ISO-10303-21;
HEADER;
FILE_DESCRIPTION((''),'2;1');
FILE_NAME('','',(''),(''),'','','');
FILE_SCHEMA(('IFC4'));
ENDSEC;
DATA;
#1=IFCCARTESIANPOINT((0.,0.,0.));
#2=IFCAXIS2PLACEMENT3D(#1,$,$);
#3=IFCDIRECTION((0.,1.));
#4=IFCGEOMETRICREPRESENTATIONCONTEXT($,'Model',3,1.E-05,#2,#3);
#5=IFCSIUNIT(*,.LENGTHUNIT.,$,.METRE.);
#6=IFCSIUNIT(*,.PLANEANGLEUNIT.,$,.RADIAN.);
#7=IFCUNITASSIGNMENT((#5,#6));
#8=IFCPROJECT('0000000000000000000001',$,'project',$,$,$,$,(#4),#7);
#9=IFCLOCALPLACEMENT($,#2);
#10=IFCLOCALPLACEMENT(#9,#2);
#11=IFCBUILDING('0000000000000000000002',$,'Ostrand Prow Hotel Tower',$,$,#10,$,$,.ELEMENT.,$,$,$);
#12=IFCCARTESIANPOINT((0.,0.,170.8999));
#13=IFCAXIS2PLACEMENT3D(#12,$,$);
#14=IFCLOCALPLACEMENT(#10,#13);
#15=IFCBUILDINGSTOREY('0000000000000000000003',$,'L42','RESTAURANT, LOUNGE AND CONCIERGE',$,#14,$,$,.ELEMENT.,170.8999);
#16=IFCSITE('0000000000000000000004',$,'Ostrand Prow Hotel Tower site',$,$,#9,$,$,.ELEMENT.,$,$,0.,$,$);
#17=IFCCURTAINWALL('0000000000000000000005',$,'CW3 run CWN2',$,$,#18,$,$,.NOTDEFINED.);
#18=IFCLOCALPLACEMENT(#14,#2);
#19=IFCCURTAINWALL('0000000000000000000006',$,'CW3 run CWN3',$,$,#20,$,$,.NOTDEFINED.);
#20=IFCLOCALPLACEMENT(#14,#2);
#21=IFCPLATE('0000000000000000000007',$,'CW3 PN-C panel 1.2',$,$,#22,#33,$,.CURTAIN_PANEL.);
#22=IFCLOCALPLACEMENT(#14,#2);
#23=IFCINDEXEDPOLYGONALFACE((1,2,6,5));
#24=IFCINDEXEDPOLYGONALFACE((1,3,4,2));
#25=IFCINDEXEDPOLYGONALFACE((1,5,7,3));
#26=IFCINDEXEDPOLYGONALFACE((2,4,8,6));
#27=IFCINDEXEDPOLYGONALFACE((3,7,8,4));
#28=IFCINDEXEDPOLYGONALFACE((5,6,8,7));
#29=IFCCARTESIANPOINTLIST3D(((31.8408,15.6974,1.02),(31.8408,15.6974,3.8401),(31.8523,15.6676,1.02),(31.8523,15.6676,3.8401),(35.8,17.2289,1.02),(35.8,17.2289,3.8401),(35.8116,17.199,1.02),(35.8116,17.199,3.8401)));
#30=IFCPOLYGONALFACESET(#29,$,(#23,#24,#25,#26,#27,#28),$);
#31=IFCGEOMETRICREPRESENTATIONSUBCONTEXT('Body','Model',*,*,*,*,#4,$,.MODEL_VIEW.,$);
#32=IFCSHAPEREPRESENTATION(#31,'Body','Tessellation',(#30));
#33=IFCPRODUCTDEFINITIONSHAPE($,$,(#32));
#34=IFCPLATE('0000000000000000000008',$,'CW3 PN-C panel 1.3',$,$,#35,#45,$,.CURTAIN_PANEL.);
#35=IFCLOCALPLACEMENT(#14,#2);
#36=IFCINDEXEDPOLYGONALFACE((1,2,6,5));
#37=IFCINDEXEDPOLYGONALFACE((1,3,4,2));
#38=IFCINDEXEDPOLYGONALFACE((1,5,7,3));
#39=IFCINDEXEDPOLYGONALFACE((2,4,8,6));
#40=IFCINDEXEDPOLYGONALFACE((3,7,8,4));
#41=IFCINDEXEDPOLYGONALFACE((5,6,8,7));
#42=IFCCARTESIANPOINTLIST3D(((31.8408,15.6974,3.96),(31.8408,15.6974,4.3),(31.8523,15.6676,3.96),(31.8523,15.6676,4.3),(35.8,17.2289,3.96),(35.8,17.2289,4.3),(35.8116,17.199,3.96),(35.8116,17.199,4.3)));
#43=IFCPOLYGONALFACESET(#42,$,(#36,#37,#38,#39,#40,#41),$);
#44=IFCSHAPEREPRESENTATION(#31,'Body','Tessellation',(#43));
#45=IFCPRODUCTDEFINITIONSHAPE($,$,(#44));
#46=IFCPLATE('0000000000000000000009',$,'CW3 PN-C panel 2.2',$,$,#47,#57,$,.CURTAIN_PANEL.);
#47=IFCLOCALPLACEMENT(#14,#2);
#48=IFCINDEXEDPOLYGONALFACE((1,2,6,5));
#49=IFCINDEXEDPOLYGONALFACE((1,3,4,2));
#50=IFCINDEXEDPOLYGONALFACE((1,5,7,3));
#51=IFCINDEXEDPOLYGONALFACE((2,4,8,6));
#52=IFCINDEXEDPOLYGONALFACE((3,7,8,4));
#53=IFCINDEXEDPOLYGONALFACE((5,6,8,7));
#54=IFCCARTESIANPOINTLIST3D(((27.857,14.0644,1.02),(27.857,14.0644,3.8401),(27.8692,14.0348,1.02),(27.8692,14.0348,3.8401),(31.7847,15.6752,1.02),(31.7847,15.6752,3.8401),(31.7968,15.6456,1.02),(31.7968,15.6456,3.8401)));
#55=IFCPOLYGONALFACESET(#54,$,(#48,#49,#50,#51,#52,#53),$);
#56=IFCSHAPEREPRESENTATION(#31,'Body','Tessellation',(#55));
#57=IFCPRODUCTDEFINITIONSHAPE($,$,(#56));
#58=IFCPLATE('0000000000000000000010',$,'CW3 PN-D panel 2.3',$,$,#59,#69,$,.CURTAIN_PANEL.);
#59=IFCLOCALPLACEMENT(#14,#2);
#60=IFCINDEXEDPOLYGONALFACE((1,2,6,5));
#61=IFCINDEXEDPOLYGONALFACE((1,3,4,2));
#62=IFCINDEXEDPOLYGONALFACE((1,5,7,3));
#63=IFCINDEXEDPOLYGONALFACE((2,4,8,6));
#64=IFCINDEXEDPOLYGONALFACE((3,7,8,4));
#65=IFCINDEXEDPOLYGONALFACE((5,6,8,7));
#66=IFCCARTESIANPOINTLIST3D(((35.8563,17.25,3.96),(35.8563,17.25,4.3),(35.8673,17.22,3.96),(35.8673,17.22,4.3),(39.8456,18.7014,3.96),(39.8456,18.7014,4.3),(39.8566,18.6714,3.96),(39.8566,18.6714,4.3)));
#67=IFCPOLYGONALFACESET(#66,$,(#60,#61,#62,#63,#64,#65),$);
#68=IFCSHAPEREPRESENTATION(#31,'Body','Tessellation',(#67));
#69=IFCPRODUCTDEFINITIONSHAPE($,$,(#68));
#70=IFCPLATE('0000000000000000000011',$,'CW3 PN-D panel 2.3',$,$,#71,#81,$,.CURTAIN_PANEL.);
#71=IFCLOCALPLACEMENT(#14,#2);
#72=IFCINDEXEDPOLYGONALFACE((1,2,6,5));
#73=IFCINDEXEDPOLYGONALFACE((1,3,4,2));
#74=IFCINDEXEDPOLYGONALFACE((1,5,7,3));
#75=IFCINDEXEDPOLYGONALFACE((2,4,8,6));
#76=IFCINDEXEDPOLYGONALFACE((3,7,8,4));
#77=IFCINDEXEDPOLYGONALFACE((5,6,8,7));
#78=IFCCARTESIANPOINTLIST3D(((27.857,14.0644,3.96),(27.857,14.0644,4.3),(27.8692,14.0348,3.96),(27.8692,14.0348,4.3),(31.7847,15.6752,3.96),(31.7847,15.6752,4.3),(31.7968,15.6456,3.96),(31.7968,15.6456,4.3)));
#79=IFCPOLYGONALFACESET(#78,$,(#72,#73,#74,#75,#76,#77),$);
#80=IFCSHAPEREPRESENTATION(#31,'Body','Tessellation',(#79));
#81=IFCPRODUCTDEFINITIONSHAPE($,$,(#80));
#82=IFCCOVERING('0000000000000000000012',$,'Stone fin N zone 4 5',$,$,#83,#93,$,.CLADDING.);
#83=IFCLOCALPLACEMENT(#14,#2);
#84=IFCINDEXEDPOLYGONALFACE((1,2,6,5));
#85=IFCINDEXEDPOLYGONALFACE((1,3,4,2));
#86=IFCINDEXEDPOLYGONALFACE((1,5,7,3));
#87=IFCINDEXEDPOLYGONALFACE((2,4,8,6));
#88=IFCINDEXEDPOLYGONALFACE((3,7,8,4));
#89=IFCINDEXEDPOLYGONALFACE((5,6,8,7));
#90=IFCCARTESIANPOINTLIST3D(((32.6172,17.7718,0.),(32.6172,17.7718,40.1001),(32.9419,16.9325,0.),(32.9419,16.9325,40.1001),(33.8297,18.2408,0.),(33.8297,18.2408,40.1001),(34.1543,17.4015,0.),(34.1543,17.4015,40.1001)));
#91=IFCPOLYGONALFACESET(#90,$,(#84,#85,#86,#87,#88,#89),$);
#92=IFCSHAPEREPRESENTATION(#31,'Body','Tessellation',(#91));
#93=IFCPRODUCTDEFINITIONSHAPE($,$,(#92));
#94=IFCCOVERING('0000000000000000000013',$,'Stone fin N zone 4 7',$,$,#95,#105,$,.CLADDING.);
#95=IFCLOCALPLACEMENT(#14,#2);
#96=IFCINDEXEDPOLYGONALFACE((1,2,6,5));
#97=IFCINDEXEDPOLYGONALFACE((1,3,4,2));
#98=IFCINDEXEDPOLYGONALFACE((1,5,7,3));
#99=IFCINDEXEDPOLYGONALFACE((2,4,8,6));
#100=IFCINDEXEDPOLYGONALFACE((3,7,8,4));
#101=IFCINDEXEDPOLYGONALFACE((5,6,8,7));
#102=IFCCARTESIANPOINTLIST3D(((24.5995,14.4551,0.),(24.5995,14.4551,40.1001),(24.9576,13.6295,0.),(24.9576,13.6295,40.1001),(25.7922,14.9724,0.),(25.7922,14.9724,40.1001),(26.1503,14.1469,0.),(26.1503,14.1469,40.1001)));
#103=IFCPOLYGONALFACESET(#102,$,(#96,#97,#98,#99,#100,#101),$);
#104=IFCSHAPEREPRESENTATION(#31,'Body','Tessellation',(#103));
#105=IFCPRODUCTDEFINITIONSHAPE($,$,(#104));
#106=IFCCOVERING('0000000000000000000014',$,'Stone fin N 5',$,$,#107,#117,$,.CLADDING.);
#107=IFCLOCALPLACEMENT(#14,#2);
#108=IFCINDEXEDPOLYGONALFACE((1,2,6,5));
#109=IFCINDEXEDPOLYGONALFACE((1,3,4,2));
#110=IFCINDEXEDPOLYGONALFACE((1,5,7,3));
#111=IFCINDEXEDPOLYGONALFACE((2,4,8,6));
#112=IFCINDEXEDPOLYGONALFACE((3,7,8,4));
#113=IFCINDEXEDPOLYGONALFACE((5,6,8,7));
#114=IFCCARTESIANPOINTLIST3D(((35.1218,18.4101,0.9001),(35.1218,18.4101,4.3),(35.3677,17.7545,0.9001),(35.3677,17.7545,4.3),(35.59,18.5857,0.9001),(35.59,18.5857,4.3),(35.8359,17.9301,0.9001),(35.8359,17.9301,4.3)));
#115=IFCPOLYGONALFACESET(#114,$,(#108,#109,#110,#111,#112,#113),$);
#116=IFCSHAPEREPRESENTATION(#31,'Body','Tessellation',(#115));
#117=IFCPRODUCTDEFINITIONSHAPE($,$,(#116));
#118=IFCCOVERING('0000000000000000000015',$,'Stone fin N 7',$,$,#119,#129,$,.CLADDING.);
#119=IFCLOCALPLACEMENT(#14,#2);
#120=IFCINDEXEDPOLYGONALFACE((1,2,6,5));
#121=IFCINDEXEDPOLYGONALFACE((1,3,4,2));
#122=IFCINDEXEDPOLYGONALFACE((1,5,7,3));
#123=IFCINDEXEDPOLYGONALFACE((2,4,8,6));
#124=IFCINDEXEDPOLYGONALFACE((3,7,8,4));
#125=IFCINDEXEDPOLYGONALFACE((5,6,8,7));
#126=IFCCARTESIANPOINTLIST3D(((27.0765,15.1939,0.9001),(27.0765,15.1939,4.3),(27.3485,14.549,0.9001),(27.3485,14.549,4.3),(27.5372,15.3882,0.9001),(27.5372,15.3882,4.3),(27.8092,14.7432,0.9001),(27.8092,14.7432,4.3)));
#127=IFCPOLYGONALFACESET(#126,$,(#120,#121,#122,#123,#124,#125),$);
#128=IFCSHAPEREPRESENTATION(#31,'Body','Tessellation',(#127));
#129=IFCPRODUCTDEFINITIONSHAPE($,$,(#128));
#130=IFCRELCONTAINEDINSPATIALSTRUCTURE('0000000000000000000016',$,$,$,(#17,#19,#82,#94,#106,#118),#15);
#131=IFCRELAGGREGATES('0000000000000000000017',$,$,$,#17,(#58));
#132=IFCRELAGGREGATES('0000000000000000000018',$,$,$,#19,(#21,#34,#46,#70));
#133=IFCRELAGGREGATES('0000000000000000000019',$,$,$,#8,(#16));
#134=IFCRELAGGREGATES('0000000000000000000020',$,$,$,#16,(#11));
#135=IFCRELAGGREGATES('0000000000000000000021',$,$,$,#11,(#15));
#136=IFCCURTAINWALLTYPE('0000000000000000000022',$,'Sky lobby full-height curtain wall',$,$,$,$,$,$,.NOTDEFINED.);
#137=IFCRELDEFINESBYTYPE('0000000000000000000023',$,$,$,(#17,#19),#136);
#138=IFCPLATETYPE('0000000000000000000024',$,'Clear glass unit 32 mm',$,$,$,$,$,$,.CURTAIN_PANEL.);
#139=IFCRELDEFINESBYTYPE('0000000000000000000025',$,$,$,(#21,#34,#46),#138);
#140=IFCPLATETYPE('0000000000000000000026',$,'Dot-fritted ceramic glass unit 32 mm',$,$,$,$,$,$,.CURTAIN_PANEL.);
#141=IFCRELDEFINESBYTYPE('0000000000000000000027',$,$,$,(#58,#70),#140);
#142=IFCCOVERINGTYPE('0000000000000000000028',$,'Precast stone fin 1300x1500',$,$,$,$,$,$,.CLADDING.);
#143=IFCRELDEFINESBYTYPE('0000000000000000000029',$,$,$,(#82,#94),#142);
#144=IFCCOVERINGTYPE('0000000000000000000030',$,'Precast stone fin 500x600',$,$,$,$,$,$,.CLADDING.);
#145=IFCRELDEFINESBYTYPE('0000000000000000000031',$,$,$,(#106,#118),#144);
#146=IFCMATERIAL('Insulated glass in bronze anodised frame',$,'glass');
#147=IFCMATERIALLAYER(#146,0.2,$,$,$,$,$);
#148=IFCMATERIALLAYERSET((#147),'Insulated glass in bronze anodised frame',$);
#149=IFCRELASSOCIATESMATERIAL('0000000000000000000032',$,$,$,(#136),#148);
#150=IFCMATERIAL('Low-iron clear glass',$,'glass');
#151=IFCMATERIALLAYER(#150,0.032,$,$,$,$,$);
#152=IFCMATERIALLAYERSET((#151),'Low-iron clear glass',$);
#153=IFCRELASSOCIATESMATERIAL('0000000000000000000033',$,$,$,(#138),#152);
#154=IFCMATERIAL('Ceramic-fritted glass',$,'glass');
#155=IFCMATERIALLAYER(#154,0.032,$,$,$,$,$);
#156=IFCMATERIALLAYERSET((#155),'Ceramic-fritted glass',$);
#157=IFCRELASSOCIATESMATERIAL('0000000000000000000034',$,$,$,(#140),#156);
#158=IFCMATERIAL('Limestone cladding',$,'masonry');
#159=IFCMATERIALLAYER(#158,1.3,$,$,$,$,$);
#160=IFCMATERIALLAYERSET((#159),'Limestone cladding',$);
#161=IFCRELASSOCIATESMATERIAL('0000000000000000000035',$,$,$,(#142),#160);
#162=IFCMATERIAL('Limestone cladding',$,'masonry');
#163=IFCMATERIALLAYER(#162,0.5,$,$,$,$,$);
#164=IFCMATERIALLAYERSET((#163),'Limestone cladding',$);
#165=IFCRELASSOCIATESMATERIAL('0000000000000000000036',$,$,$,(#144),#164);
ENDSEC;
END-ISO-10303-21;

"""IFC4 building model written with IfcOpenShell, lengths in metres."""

from ifc_helpers import new_model, si_unit, direction, frame, frame_2d, origin, origin_2d, place, context, subcontext, project, spatial, rectangle, extrude, material, layer, layer_set, type_object, element, aggregate, save


model = new_model("IFC4")

# Units and contexts
model_context = context("Model", 3, precision=1e-05, world=origin(), true_north=direction((0.0, 1.0)))
body_context = subcontext(model_context, "Body", "Model", "MODEL_VIEW")
ifc_project = project(units=[si_unit("LENGTHUNIT", "METRE"), si_unit("PLANEANGLEUNIT", "RADIAN")], contexts=[model_context])

# Site, building, storey
site_placement = place(None, origin())
site = spatial("IfcSite", under=ifc_project, at=site_placement, Name="Ostrand Prow Hotel Tower site", CompositionType="ELEMENT", RefElevation=0.0)
building_placement = place(site_placement, origin())
building = spatial("IfcBuilding", under=site, at=building_placement, Name="Ostrand Prow Hotel Tower", CompositionType="ELEMENT")
storey_placement = place(building_placement, frame((0.0, 0.0, 170.8999)))
storey = spatial("IfcBuildingStorey", under=building, at=storey_placement, Name="L42", Description="RESTAURANT, LOUNGE AND CONCIERGE", CompositionType="ELEMENT", Elevation=170.8999)

# Curtain walls
ifc_material_1 = material(Name="Insulated glass in bronze anodised frame", Category="glass")
ifc_layer_1 = layer(ifc_material_1, 0.2)
ifc_layer_set_1 = layer_set([ifc_layer_1], Name="Insulated glass in bronze anodised frame")
curtain_wall_type = type_object("IfcCurtainWallType", Name="Sky lobby full-height curtain wall", PredefinedType="NOTDEFINED", material=ifc_layer_set_1)
curtain_wall_1_placement = place(storey_placement, origin())
curtain_wall_1 = element("IfcCurtainWall", 1, at=curtain_wall_1_placement, inside=storey, type_object=curtain_wall_type, Name="CW3 run CWN2", PredefinedType="NOTDEFINED")
curtain_wall_2_placement = place(storey_placement, origin())
curtain_wall_2 = element("IfcCurtainWall", 2, at=curtain_wall_2_placement, inside=storey, type_object=curtain_wall_type, Name="CW3 run CWN3", PredefinedType="NOTDEFINED")

# Plates
ifc_material_2 = material(Name="Low-iron clear glass", Category="glass")
ifc_layer_2 = layer(ifc_material_2, 0.032)
ifc_layer_set_2 = layer_set([ifc_layer_2], Name="Low-iron clear glass")
plate_type_1 = type_object("IfcPlateType", Name="Clear glass unit 32 mm", PredefinedType="CURTAIN_PANEL", material=ifc_layer_set_2)
plate_1_placement = place(storey_placement, frame((33.8262, 16.4482, 1.02), z_axis=(0.0, 0.0, 1.0), x_axis=(-0.932663, -0.360749, 0.0)))
plate_1 = element("IfcPlate", 3, at=plate_1_placement, type_object=plate_type_1, Name="CW3 PN-C panel 1.2", PredefinedType="CURTAIN_PANEL", context=body_context, shape_type="SweptSolid", body=[
    extrude(rectangle(XDim=4.2451, YDim=0.032, at=origin_2d()), origin(), (0.0, 0.0, 1.0), 2.8201),
])
plate_2_placement = place(storey_placement, frame((33.8262, 16.4482, 3.96), z_axis=(0.0, 0.0, 1.0), x_axis=(-0.932663, -0.360749, 0.0)))
plate_2 = element("IfcPlate", 4, at=plate_2_placement, type_object=plate_type_1, Name="CW3 PN-C panel 1.3", PredefinedType="CURTAIN_PANEL", context=body_context, shape_type="SweptSolid", body=[
    extrude(rectangle(XDim=4.2451, YDim=0.032, at=origin_2d()), origin(), (0.0, 0.0, 1.0), 0.3401),
])
plate_3_placement = place(storey_placement, frame((29.8269, 14.855, 1.02), z_axis=(0.0, 0.0, 1.0), x_axis=(-0.925211, -0.379453, 0.0)))
plate_3 = element("IfcPlate", 5, at=plate_3_placement, type_object=plate_type_1, Name="CW3 PN-C panel 2.2", PredefinedType="CURTAIN_PANEL", context=body_context, shape_type="SweptSolid", body=[
    extrude(rectangle(XDim=4.2451, YDim=0.032, at=origin_2d()), origin(), (0.0, 0.0, 1.0), 2.8201),
])
ifc_material_3 = material(Name="Ceramic-fritted glass", Category="glass")
ifc_layer_3 = layer(ifc_material_3, 0.032)
ifc_layer_set_3 = layer_set([ifc_layer_3], Name="Ceramic-fritted glass")
plate_type_2 = type_object("IfcPlateType", Name="Dot-fritted ceramic glass unit 32 mm", PredefinedType="CURTAIN_PANEL", material=ifc_layer_set_3)
plate_4_placement = place(storey_placement, frame((37.8564, 17.9607, 3.96), z_axis=(0.0, 0.0, 1.0), x_axis=(-0.939737, -0.341897, 0.0)))
plate_4 = element("IfcPlate", 6, at=plate_4_placement, type_object=plate_type_2, Name="CW3 PN-D panel 2.3", PredefinedType="CURTAIN_PANEL", context=body_context, shape_type="SweptSolid", body=[
    extrude(rectangle(XDim=4.2451, YDim=0.032, at=origin_2d()), origin(), (0.0, 0.0, 1.0), 0.3401),
])
aggregate(curtain_wall_1, [plate_4])
plate_5_placement = place(storey_placement, frame((29.8269, 14.855, 3.96), z_axis=(0.0, 0.0, 1.0), x_axis=(-0.925211, -0.379453, 0.0)))
plate_5 = element("IfcPlate", 7, at=plate_5_placement, type_object=plate_type_2, Name="CW3 PN-D panel 2.3", PredefinedType="CURTAIN_PANEL", context=body_context, shape_type="SweptSolid", body=[
    extrude(rectangle(XDim=4.2451, YDim=0.032, at=origin_2d()), origin(), (0.0, 0.0, 1.0), 0.3401),
])
aggregate(curtain_wall_2, [plate_1, plate_2, plate_3, plate_5])

# Coverings
ifc_material_4 = material(Name="Limestone cladding", Category="masonry")
ifc_layer_4 = layer(ifc_material_4, 1.3)
ifc_layer_set_4 = layer_set([ifc_layer_4], Name="Limestone cladding")
covering_type_1 = type_object("IfcCoveringType", Name="Precast stone fin 1300x1500", PredefinedType="CLADDING", material=ifc_layer_set_4)
for number, where, z_axis, x_axis, name in (
    (8, (33.5481, 17.167, 0.0), (0.0, 0.0, 1.0), (-0.360796, 0.932645, 0.0), "Stone fin N zone 4 5"),
    (9, (25.554, 13.8882, 0.0), (0.0, 0.0, 1.0), (-0.397942, 0.91741, 0.0), "Stone fin N zone 4 7"),
):
    element("IfcCovering", number, at=place(storey_placement, frame(where, z_axis=z_axis, x_axis=x_axis)), inside=storey, type_object=covering_type_1, Name=name, PredefinedType="CLADDING", context=body_context, shape_type="SweptSolid", body=[
        extrude(rectangle(XDim=0.8999, YDim=1.3, at=frame_2d((0.45, 0.0))), origin(), (0.0, 0.0, 1.0), 40.1001),
    ])
ifc_material_5 = material(Name="Limestone cladding", Category="masonry")
ifc_layer_5 = layer(ifc_material_5, 0.5)
ifc_layer_set_5 = layer_set([ifc_layer_5], Name="Limestone cladding")
covering_type_2 = type_object("IfcCoveringType", Name="Precast stone fin 500x600", PredefinedType="CLADDING", material=ifc_layer_set_5)
covering_1_placement = place(storey_placement, frame((35.6018, 17.8423, 0.9001), z_axis=(0.0, 0.0, 1.0), x_axis=(-0.351162, 0.936315, 0.0)))
element("IfcCovering", 10, at=covering_1_placement, inside=storey, type_object=covering_type_2, Name="Stone fin N 5", PredefinedType="CLADDING", context=body_context, shape_type="SweptSolid", body=[
    extrude(rectangle(XDim=0.7002, YDim=0.5, at=frame_2d((0.3501, 0.0))), origin(), (0.0, 0.0, 1.0), 3.3999),
])
covering_2_placement = place(storey_placement, frame((27.5789, 14.646, 0.9001), z_axis=(0.0, 0.0, 1.0), x_axis=(-0.388525, 0.921438, 0.0)))
element("IfcCovering", 11, at=covering_2_placement, inside=storey, type_object=covering_type_2, Name="Stone fin N 7", PredefinedType="CLADDING", context=body_context, shape_type="SweptSolid", body=[
    extrude(rectangle(XDim=0.7, YDim=0.5, at=frame_2d((0.3501, 0.0))), origin(), (0.0, 0.0, 1.0), 3.3999),
])

save(model, "model.ifc")
